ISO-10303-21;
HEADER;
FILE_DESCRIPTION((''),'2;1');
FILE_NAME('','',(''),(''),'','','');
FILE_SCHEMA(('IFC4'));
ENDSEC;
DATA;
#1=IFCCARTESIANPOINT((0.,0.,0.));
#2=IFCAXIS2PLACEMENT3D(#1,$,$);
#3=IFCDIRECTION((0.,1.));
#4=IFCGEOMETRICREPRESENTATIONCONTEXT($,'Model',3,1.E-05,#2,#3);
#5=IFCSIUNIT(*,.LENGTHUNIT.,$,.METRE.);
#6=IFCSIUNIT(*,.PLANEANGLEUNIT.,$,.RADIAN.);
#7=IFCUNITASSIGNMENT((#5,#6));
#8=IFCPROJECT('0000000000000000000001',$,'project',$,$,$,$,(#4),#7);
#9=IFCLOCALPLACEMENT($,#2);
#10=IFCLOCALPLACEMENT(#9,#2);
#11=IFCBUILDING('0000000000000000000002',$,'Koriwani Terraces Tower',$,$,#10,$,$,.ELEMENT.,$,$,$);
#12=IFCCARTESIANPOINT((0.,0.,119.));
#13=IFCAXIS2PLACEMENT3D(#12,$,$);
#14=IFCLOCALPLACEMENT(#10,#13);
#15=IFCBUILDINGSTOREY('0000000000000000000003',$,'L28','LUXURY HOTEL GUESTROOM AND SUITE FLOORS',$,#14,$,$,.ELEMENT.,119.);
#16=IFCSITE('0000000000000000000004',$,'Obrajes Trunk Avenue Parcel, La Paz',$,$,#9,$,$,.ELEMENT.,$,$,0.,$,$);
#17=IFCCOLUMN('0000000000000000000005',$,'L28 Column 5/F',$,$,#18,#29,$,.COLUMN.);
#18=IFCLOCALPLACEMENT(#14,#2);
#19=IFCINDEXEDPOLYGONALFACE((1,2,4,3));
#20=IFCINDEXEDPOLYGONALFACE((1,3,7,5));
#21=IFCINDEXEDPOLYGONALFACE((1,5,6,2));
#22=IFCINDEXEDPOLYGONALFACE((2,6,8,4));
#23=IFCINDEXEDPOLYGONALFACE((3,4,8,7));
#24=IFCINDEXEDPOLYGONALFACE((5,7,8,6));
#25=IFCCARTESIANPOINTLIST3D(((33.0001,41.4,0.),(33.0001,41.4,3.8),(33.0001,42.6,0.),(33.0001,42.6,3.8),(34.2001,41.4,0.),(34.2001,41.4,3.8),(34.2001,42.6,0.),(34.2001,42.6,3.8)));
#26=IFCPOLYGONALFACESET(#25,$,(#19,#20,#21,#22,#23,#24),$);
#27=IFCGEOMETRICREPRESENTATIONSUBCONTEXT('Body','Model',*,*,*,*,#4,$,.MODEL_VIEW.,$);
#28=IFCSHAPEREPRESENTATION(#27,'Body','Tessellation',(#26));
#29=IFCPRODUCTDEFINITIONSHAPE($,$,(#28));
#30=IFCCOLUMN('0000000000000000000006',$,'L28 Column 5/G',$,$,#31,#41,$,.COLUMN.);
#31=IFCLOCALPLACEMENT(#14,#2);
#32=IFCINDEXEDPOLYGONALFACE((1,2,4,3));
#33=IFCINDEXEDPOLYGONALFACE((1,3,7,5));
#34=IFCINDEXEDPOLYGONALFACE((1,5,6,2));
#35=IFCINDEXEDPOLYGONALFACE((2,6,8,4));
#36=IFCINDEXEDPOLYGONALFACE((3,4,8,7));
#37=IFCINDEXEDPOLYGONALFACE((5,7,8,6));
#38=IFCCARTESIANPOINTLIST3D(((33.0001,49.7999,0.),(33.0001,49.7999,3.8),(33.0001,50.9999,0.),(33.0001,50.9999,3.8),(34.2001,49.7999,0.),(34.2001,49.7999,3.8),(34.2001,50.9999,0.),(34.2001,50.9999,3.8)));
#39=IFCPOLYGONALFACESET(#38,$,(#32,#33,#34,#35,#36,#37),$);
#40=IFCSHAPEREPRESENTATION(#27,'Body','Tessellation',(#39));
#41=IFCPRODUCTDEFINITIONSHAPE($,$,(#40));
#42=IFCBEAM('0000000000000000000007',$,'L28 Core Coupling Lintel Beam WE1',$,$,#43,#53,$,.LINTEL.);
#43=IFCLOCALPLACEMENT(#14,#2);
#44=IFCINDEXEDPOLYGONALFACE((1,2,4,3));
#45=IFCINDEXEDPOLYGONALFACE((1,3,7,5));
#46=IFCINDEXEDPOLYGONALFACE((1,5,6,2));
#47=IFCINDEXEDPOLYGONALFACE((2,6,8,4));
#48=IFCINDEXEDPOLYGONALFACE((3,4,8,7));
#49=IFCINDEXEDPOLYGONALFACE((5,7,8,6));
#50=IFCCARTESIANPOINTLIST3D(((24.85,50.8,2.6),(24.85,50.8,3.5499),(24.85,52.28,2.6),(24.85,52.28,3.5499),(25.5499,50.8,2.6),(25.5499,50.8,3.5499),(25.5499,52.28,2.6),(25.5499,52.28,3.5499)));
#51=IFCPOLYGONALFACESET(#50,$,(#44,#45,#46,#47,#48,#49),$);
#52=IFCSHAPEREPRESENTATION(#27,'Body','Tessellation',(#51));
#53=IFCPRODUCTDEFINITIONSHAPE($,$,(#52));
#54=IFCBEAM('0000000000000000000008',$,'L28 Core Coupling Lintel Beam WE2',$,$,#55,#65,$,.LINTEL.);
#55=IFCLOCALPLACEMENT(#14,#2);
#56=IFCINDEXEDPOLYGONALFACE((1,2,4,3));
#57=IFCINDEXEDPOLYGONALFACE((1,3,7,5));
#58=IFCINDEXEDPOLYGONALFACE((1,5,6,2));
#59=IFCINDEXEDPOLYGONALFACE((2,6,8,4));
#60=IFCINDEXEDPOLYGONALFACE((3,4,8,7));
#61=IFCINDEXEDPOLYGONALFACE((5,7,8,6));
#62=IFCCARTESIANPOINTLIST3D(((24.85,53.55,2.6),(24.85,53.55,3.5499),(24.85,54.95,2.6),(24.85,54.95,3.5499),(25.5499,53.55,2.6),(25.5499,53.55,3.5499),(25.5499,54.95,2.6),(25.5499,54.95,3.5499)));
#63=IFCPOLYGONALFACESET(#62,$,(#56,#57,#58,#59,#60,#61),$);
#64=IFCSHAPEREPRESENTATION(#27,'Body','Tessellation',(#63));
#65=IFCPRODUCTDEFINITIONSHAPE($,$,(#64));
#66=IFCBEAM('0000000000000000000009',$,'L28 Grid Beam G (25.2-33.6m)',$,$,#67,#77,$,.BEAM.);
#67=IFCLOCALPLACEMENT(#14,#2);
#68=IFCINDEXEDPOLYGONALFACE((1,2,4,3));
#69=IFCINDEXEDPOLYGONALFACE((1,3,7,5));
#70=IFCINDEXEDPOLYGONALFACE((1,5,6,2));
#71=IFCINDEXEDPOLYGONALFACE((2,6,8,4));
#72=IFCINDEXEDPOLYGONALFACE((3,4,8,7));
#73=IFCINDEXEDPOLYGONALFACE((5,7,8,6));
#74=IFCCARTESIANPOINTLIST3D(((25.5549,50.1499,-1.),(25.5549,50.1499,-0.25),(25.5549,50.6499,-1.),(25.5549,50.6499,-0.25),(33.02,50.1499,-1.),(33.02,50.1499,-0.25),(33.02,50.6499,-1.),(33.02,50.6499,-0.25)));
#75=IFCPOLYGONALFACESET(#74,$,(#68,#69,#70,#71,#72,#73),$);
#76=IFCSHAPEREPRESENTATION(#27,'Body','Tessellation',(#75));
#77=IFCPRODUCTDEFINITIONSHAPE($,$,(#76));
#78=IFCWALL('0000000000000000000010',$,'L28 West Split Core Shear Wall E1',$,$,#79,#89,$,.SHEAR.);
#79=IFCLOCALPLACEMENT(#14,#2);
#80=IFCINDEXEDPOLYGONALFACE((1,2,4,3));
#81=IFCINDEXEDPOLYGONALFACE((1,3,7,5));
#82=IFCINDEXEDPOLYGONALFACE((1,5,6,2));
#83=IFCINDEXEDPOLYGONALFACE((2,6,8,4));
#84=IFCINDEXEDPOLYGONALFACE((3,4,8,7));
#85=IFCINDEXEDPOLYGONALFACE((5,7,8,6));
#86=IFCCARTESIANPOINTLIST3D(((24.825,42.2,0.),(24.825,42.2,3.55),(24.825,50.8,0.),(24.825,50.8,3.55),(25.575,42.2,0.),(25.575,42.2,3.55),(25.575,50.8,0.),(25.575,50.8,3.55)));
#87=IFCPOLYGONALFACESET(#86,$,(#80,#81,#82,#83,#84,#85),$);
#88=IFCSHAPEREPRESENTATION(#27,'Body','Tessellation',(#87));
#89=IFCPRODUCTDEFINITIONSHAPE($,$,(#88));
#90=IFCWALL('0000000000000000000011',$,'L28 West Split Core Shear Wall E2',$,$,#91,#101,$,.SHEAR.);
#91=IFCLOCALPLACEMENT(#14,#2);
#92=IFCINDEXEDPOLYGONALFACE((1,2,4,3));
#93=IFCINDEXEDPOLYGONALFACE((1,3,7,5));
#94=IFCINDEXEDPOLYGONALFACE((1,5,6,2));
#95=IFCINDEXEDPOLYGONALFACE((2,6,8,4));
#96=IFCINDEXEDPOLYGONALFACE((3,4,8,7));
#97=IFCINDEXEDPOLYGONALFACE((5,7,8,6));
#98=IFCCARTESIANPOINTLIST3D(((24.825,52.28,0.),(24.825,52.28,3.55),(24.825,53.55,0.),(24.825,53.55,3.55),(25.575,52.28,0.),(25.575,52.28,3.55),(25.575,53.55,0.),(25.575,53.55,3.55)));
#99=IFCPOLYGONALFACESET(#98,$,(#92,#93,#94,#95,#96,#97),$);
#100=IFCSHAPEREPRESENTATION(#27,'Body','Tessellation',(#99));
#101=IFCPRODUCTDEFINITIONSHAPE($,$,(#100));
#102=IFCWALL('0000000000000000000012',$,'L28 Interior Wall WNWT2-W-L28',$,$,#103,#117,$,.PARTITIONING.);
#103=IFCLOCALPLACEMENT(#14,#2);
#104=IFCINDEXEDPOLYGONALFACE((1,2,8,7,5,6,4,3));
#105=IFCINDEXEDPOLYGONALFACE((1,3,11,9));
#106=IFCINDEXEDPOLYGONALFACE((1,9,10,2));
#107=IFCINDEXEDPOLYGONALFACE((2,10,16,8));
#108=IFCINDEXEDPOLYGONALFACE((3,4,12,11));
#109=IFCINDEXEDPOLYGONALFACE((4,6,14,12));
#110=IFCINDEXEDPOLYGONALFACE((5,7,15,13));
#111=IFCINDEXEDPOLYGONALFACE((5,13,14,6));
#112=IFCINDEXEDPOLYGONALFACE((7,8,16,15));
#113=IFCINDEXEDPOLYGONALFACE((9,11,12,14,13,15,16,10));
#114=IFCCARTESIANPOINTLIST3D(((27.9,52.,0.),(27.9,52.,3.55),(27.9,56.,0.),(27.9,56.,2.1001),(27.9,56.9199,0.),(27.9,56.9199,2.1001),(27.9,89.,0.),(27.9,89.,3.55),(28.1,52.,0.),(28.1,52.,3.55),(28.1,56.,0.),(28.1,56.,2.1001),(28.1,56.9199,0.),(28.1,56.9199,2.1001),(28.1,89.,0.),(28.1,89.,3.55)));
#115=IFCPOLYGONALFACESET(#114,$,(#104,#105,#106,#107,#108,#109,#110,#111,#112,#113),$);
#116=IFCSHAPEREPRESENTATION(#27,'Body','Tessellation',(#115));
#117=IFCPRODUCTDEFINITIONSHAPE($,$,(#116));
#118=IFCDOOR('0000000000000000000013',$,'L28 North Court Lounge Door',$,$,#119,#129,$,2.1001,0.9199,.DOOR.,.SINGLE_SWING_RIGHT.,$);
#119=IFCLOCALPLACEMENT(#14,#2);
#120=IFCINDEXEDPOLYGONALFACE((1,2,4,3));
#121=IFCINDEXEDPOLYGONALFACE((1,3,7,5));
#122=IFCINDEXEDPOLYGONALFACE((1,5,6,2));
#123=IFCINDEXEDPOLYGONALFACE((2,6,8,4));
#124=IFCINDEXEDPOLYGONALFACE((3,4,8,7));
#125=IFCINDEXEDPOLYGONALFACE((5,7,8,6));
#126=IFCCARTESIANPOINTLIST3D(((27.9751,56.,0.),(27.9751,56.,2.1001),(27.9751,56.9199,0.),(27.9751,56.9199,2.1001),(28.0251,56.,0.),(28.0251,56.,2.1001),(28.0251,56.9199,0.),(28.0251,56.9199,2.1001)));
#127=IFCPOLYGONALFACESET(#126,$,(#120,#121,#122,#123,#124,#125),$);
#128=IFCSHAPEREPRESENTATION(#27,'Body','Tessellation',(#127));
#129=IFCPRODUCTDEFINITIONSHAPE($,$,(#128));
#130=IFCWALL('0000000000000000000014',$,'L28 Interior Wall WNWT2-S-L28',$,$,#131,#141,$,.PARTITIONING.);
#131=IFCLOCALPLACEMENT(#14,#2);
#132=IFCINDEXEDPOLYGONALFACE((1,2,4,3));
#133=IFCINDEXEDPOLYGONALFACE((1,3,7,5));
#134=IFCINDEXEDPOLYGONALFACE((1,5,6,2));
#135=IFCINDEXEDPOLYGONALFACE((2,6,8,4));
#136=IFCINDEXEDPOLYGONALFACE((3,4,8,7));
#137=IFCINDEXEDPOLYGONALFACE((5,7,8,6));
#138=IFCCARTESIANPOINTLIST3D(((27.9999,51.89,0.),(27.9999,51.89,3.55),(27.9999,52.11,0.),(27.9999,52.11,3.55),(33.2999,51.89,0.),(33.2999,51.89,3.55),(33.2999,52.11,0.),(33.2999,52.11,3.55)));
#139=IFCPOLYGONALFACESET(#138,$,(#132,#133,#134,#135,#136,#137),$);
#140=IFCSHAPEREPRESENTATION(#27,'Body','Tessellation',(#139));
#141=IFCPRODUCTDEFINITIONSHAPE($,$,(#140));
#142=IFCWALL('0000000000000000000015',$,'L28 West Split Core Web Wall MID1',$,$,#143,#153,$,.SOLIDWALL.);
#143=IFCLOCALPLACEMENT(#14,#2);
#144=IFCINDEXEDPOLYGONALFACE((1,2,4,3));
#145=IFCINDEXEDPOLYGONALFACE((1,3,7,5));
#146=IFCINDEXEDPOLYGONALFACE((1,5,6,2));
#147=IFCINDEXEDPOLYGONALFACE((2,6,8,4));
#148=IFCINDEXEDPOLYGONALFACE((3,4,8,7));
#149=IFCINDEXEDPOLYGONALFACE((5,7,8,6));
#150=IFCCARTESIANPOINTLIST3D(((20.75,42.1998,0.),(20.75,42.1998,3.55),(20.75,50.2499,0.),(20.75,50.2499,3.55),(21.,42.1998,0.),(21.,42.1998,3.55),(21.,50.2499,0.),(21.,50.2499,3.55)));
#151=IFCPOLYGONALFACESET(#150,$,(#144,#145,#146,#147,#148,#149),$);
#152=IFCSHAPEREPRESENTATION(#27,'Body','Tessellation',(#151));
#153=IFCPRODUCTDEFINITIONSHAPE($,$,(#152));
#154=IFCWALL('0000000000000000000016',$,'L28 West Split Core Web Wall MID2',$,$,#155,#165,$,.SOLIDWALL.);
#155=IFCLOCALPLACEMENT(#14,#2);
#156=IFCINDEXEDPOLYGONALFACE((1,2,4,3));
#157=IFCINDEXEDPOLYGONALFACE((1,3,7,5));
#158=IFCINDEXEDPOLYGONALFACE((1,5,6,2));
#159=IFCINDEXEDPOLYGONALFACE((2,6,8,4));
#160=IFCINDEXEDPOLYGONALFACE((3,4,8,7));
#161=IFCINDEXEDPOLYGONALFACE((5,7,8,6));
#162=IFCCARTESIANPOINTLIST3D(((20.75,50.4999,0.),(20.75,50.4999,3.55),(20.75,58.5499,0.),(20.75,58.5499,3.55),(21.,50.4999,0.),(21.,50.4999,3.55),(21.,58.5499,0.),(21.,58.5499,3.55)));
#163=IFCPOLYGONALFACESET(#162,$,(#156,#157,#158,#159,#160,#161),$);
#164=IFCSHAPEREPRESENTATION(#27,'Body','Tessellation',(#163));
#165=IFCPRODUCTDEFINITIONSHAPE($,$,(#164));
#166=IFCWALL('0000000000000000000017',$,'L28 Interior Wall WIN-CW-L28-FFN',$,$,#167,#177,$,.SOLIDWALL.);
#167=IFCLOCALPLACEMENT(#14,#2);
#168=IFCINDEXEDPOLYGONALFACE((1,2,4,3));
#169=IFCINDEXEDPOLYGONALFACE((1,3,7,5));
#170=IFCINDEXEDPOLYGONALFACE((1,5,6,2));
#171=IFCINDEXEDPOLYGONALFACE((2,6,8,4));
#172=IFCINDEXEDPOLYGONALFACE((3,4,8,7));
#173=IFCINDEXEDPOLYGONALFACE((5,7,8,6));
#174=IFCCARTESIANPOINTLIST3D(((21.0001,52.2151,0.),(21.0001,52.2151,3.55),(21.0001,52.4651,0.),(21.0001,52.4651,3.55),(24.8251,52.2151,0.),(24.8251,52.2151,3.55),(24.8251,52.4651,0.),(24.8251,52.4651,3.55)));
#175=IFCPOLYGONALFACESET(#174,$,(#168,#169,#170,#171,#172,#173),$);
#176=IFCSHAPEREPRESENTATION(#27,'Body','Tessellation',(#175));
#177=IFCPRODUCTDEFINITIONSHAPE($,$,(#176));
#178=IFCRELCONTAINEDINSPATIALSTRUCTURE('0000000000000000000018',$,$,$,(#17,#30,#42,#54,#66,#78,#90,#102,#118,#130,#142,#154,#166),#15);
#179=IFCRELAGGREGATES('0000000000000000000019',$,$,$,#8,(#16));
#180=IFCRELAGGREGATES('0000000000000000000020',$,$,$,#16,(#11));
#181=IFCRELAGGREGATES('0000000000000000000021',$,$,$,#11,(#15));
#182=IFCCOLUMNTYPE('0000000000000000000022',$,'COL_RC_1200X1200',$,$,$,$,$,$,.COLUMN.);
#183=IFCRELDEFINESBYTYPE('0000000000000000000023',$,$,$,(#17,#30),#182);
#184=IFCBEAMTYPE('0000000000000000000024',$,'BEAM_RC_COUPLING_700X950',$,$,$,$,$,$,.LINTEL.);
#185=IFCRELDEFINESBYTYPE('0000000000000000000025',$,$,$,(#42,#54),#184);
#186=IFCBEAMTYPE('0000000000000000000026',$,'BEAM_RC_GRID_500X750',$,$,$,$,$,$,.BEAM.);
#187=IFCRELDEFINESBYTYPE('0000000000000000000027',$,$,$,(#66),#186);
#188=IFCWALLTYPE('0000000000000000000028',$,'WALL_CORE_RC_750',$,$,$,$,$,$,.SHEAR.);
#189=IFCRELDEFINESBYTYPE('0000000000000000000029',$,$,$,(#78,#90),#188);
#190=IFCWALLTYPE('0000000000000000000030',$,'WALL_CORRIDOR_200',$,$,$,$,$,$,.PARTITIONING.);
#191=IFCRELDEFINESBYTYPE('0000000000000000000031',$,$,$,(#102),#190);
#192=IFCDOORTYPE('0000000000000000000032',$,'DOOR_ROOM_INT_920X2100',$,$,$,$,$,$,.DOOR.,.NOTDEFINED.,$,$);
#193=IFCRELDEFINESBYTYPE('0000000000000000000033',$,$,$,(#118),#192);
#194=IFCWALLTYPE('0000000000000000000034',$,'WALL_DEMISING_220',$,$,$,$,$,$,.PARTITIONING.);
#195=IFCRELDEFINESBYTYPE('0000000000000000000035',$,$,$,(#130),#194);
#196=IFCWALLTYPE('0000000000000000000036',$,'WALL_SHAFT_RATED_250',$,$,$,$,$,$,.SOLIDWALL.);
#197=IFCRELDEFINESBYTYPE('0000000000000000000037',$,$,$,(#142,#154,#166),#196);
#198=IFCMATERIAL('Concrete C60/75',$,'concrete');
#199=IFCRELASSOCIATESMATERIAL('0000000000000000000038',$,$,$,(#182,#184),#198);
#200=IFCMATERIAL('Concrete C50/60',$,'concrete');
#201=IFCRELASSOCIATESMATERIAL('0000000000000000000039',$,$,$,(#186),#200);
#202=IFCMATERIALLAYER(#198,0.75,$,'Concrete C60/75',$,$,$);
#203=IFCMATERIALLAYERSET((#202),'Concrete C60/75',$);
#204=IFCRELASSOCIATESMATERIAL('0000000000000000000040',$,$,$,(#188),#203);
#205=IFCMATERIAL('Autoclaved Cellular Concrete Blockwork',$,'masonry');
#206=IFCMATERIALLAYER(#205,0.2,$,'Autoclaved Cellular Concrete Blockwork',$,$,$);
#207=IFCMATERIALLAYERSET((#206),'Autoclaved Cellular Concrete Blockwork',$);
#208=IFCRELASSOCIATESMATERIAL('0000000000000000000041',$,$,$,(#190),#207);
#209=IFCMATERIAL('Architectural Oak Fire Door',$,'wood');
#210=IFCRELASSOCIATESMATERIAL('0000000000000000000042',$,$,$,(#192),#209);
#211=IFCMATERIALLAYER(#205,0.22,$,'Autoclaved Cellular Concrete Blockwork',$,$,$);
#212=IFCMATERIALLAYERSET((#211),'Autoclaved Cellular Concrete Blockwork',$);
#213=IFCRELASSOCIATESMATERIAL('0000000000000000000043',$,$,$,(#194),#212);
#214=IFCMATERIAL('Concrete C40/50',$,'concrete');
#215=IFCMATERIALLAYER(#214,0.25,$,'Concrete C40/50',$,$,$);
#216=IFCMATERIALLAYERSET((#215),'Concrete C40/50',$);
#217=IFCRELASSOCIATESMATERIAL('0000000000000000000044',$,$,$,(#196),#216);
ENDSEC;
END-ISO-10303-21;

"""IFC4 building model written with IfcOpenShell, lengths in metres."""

from ifc_helpers import new_model, si_unit, direction, frame, frame_2d, origin, origin_2d, place, context, subcontext, project, spatial, rectangle, extrude, material, layer, layer_set, material_profile, profile_set, type_object, element, fill, save


model = new_model("IFC4")

# Units and contexts
model_context = context("Model", 3, precision=1e-05, world=origin(), true_north=direction((0.0, 1.0)))
body_context = subcontext(model_context, "Body", "Model", "MODEL_VIEW")
ifc_project = project(units=[si_unit("LENGTHUNIT", "METRE"), si_unit("PLANEANGLEUNIT", "RADIAN")], contexts=[model_context])

# Site, building, storey
site_placement = place(None, origin())
site = spatial("IfcSite", under=ifc_project, at=site_placement, Name="Obrajes Trunk Avenue Parcel, La Paz", CompositionType="ELEMENT", RefElevation=0.0)
building_placement = place(site_placement, origin())
building = spatial("IfcBuilding", under=site, at=building_placement, Name="Koriwani Terraces Tower", CompositionType="ELEMENT")
storey_placement = place(building_placement, frame((0.0, 0.0, 119.0)))
storey = spatial("IfcBuildingStorey", under=building, at=storey_placement, Name="L28", Description="LUXURY HOTEL GUESTROOM AND SUITE FLOORS", CompositionType="ELEMENT", Elevation=119.0)

# Columns
ifc_material_1 = material(Name="Concrete C60/75", Category="concrete")
ifc_material_profile_1 = material_profile(ifc_material_1, rectangle(XDim=1.2, YDim=1.2, at=origin_2d()), Name="Concrete C60/75", Category="LoadBearing")
ifc_profile_set_1 = profile_set([ifc_material_profile_1], Name="Concrete C60/75")
column_type = type_object("IfcColumnType", Name="COL_RC_1200X1200", PredefinedType="COLUMN", material=ifc_profile_set_1)
for number, where, z_axis, x_axis, name in (
    (1, (33.6001, 42.0, 0.0), (0.0, 0.0, 1.0), (1.0, 0.0, 0.0), "L28 Column 5/F"),
    (2, (33.6001, 50.3999, 0.0), (0.0, 0.0, 1.0), (1.0, 0.0, 0.0), "L28 Column 5/G"),
):
    element("IfcColumn", number, at=place(storey_placement, frame(where, z_axis=z_axis, x_axis=x_axis)), inside=storey, type_object=column_type, Name=name, PredefinedType="COLUMN", context=body_context, shape_type="SweptSolid", body=[
        extrude(rectangle(XDim=1.2, YDim=1.2, at=origin_2d()), origin(), (0.0, 0.0, 1.0), 3.8),
    ])

# Beams
ifc_material_profile_2 = material_profile(ifc_material_1, rectangle(XDim=0.7, YDim=0.95, at=origin_2d()), Name="Concrete C60/75", Category="LoadBearing")
ifc_profile_set_2 = profile_set([ifc_material_profile_2], Name="Concrete C60/75")
beam_type_1 = type_object("IfcBeamType", Name="BEAM_RC_COUPLING_700X950", PredefinedType="LINTEL", material=ifc_profile_set_2)
beam_1_placement = place(storey_placement, frame((25.2, 50.8, 3.075), z_axis=(0.0, 1.0, 0.0), x_axis=(-1.0, 0.0, 0.0)))
element("IfcBeam", 3, at=beam_1_placement, inside=storey, type_object=beam_type_1, Name="L28 Core Coupling Lintel Beam WE1", PredefinedType="LINTEL", context=body_context, shape_type="SweptSolid", body=[
    extrude(rectangle(XDim=0.7, YDim=0.95, at=origin_2d()), origin(), (0.0, 0.0, 1.0), 1.48),
])
beam_2_placement = place(storey_placement, frame((25.2, 53.55, 3.075), z_axis=(0.0, 1.0, 0.0), x_axis=(-1.0, 0.0, 0.0)))
element("IfcBeam", 4, at=beam_2_placement, inside=storey, type_object=beam_type_1, Name="L28 Core Coupling Lintel Beam WE2", PredefinedType="LINTEL", context=body_context, shape_type="SweptSolid", body=[
    extrude(rectangle(XDim=0.7, YDim=0.95, at=origin_2d()), origin(), (0.0, 0.0, 1.0), 1.3999),
])
ifc_material_2 = material(Name="Concrete C50/60", Category="concrete")
ifc_material_profile_3 = material_profile(ifc_material_2, rectangle(XDim=0.5, YDim=0.75, at=origin_2d()), Name="Concrete C50/60", Category="LoadBearing")
ifc_profile_set_3 = profile_set([ifc_material_profile_3], Name="Concrete C50/60")
beam_type_2 = type_object("IfcBeamType", Name="BEAM_RC_GRID_500X750", PredefinedType="BEAM", material=ifc_profile_set_3)
beam_3_placement = place(storey_placement, frame((25.5549, 50.3999, -0.625), z_axis=(1.0, 0.0, 0.0), x_axis=(0.0, 1.0, 0.0)))
element("IfcBeam", 5, at=beam_3_placement, inside=storey, type_object=beam_type_2, Name="L28 Grid Beam G (25.2-33.6m)", PredefinedType="BEAM", context=body_context, shape_type="SweptSolid", body=[
    extrude(rectangle(XDim=0.5, YDim=0.75, at=origin_2d()), origin(), (0.0, 0.0, 1.0), 7.4651),
])

# Walls
ifc_layer_1 = layer(ifc_material_1, 0.75, Name="Concrete C60/75")
ifc_layer_set_1 = layer_set([ifc_layer_1], Name="Concrete C60/75")
wall_type_1 = type_object("IfcWallType", Name="WALL_CORE_RC_750", PredefinedType="SHEAR", material=ifc_layer_set_1)
wall_1_placement = place(storey_placement, frame((25.2, 42.2, 0.0), z_axis=(0.0, 0.0, 1.0), x_axis=(0.0, 1.0, 0.0)))
element("IfcWall", 6, at=wall_1_placement, inside=storey, type_object=wall_type_1, Name="L28 West Split Core Shear Wall E1", PredefinedType="SHEAR", context=body_context, shape_type="SweptSolid", body=[
    extrude(rectangle(XDim=8.6001, YDim=0.75, at=frame_2d((4.3, 0.0))), origin(), (0.0, 0.0, 1.0), 3.55),
])
wall_2_placement = place(storey_placement, frame((25.2, 52.28, 0.0), z_axis=(0.0, 0.0, 1.0), x_axis=(0.0, 1.0, 0.0)))
element("IfcWall", 7, at=wall_2_placement, inside=storey, type_object=wall_type_1, Name="L28 West Split Core Shear Wall E2", PredefinedType="SHEAR", context=body_context, shape_type="SweptSolid", body=[
    extrude(rectangle(XDim=1.27, YDim=0.75, at=frame_2d((0.635, 0.0))), origin(), (0.0, 0.0, 1.0), 3.55),
])

# Wall, opening, door
ifc_material_3 = material(Name="Autoclaved Cellular Concrete Blockwork", Category="masonry")
ifc_layer_2 = layer(ifc_material_3, 0.2, Name="Autoclaved Cellular Concrete Blockwork")
ifc_layer_set_2 = layer_set([ifc_layer_2], Name="Autoclaved Cellular Concrete Blockwork")
wall_type_2 = type_object("IfcWallType", Name="WALL_CORRIDOR_200", PredefinedType="PARTITIONING", material=ifc_layer_set_2)
wall_3_placement = place(storey_placement, frame((28.0, 52.0, 0.0), z_axis=(0.0, 0.0, 1.0), x_axis=(0.0, 1.0, 0.0)))
wall_3 = element("IfcWall", 8, at=wall_3_placement, inside=storey, type_object=wall_type_2, Name="L28 Interior Wall WNWT2-W-L28", PredefinedType="PARTITIONING", context=body_context, shape_type="SweptSolid", body=[
    extrude(rectangle(XDim=37.0, YDim=0.2, at=frame_2d((18.5, 0.0))), origin(), (0.0, 0.0, 1.0), 3.55),
])
opening_1_placement = place(wall_3_placement, frame((4.0, 0.0, 0.0)))
opening_1 = element("IfcOpeningElement", 9, at=opening_1_placement, cuts=wall_3, PredefinedType="OPENING", context=body_context, shape_type="SweptSolid", body=[
    extrude(rectangle(XDim=0.9199, YDim=2.1001, at=frame_2d((0.46, 1.05))), frame((0.0, 0.1099, 0.0), z_axis=(0.0, -1.0, 0.0), x_axis=(1.0, 0.0, 0.0)), (0.0, 0.0, 1.0), 0.22),
])
ifc_material_4 = material(Name="Architectural Oak Fire Door", Category="wood")
door_type_1 = type_object("IfcDoorType", Name="DOOR_ROOM_INT_920X2100", OperationType="NOTDEFINED", PredefinedType="DOOR", material=ifc_material_4)
door_1_placement = place(opening_1_placement, origin())
door_1 = element("IfcDoor", 10, at=door_1_placement, inside=storey, type_object=door_type_1, Name="L28 North Court Lounge Door", OperationType="SINGLE_SWING_RIGHT", OverallHeight=2.1001, OverallWidth=0.9199, PredefinedType="DOOR", context=body_context, shape_type="SweptSolid", body=[
    extrude(rectangle(XDim=0.9199, YDim=2.1001, at=frame_2d((0.46, 1.05))), frame((0.0, 0.0249, 0.0), z_axis=(0.0, -1.0, 0.0), x_axis=(1.0, 0.0, 0.0)), (0.0, 0.0, 1.0), 0.05),
])
fill(opening_1, door_1)

# Walls
ifc_layer_3 = layer(ifc_material_3, 0.22, Name="Autoclaved Cellular Concrete Blockwork")
ifc_layer_set_3 = layer_set([ifc_layer_3], Name="Autoclaved Cellular Concrete Blockwork")
wall_type_3 = type_object("IfcWallType", Name="WALL_DEMISING_220", PredefinedType="PARTITIONING", material=ifc_layer_set_3)
wall_4_placement = place(storey_placement, frame((28.0, 52.0, 0.0), z_axis=(0.0, 0.0, 1.0), x_axis=(1.0, 0.0, 0.0)))
element("IfcWall", 11, at=wall_4_placement, inside=storey, type_object=wall_type_3, Name="L28 Interior Wall WNWT2-S-L28", PredefinedType="PARTITIONING", context=body_context, shape_type="SweptSolid", body=[
    extrude(rectangle(XDim=5.3, YDim=0.22, at=frame_2d((2.6499, 0.0))), origin(), (0.0, 0.0, 1.0), 3.55),
])
ifc_material_5 = material(Name="Concrete C40/50", Category="concrete")
ifc_layer_4 = layer(ifc_material_5, 0.25, Name="Concrete C40/50")
ifc_layer_set_4 = layer_set([ifc_layer_4], Name="Concrete C40/50")
wall_type_4 = type_object("IfcWallType", Name="WALL_SHAFT_RATED_250", PredefinedType="SOLIDWALL", material=ifc_layer_set_4)
for number, where, z_axis, x_axis, name in (
    (12, (20.875, 42.2, 0.0), (0.0, 0.0, 1.0), (0.0, 1.0, 0.0), "L28 West Split Core Web Wall MID1"),
    (13, (20.875, 50.5, 0.0), (0.0, 0.0, 1.0), (0.0, 1.0, 0.0), "L28 West Split Core Web Wall MID2"),
):
    element("IfcWall", number, at=place(storey_placement, frame(where, z_axis=z_axis, x_axis=x_axis)), inside=storey, type_object=wall_type_4, Name=name, PredefinedType="SOLIDWALL", context=body_context, shape_type="SweptSolid", body=[
        extrude(rectangle(XDim=8.05, YDim=0.25, at=frame_2d((4.0249, 0.0))), origin(), (0.0, 0.0, 1.0), 3.55),
    ])

# Wall
wall_5_placement = place(storey_placement, frame((21.0, 52.3401, 0.0), z_axis=(0.0, 0.0, 1.0), x_axis=(1.0, 0.0, 0.0)))
element("IfcWall", 14, at=wall_5_placement, inside=storey, type_object=wall_type_4, Name="L28 Interior Wall WIN-CW-L28-FFN", PredefinedType="SOLIDWALL", context=body_context, shape_type="SweptSolid", body=[
    extrude(rectangle(XDim=3.825, YDim=0.25, at=frame_2d((1.9126, 0.0))), origin(), (0.0, 0.0, 1.0), 3.55),
])

save(model, "model.ifc")
